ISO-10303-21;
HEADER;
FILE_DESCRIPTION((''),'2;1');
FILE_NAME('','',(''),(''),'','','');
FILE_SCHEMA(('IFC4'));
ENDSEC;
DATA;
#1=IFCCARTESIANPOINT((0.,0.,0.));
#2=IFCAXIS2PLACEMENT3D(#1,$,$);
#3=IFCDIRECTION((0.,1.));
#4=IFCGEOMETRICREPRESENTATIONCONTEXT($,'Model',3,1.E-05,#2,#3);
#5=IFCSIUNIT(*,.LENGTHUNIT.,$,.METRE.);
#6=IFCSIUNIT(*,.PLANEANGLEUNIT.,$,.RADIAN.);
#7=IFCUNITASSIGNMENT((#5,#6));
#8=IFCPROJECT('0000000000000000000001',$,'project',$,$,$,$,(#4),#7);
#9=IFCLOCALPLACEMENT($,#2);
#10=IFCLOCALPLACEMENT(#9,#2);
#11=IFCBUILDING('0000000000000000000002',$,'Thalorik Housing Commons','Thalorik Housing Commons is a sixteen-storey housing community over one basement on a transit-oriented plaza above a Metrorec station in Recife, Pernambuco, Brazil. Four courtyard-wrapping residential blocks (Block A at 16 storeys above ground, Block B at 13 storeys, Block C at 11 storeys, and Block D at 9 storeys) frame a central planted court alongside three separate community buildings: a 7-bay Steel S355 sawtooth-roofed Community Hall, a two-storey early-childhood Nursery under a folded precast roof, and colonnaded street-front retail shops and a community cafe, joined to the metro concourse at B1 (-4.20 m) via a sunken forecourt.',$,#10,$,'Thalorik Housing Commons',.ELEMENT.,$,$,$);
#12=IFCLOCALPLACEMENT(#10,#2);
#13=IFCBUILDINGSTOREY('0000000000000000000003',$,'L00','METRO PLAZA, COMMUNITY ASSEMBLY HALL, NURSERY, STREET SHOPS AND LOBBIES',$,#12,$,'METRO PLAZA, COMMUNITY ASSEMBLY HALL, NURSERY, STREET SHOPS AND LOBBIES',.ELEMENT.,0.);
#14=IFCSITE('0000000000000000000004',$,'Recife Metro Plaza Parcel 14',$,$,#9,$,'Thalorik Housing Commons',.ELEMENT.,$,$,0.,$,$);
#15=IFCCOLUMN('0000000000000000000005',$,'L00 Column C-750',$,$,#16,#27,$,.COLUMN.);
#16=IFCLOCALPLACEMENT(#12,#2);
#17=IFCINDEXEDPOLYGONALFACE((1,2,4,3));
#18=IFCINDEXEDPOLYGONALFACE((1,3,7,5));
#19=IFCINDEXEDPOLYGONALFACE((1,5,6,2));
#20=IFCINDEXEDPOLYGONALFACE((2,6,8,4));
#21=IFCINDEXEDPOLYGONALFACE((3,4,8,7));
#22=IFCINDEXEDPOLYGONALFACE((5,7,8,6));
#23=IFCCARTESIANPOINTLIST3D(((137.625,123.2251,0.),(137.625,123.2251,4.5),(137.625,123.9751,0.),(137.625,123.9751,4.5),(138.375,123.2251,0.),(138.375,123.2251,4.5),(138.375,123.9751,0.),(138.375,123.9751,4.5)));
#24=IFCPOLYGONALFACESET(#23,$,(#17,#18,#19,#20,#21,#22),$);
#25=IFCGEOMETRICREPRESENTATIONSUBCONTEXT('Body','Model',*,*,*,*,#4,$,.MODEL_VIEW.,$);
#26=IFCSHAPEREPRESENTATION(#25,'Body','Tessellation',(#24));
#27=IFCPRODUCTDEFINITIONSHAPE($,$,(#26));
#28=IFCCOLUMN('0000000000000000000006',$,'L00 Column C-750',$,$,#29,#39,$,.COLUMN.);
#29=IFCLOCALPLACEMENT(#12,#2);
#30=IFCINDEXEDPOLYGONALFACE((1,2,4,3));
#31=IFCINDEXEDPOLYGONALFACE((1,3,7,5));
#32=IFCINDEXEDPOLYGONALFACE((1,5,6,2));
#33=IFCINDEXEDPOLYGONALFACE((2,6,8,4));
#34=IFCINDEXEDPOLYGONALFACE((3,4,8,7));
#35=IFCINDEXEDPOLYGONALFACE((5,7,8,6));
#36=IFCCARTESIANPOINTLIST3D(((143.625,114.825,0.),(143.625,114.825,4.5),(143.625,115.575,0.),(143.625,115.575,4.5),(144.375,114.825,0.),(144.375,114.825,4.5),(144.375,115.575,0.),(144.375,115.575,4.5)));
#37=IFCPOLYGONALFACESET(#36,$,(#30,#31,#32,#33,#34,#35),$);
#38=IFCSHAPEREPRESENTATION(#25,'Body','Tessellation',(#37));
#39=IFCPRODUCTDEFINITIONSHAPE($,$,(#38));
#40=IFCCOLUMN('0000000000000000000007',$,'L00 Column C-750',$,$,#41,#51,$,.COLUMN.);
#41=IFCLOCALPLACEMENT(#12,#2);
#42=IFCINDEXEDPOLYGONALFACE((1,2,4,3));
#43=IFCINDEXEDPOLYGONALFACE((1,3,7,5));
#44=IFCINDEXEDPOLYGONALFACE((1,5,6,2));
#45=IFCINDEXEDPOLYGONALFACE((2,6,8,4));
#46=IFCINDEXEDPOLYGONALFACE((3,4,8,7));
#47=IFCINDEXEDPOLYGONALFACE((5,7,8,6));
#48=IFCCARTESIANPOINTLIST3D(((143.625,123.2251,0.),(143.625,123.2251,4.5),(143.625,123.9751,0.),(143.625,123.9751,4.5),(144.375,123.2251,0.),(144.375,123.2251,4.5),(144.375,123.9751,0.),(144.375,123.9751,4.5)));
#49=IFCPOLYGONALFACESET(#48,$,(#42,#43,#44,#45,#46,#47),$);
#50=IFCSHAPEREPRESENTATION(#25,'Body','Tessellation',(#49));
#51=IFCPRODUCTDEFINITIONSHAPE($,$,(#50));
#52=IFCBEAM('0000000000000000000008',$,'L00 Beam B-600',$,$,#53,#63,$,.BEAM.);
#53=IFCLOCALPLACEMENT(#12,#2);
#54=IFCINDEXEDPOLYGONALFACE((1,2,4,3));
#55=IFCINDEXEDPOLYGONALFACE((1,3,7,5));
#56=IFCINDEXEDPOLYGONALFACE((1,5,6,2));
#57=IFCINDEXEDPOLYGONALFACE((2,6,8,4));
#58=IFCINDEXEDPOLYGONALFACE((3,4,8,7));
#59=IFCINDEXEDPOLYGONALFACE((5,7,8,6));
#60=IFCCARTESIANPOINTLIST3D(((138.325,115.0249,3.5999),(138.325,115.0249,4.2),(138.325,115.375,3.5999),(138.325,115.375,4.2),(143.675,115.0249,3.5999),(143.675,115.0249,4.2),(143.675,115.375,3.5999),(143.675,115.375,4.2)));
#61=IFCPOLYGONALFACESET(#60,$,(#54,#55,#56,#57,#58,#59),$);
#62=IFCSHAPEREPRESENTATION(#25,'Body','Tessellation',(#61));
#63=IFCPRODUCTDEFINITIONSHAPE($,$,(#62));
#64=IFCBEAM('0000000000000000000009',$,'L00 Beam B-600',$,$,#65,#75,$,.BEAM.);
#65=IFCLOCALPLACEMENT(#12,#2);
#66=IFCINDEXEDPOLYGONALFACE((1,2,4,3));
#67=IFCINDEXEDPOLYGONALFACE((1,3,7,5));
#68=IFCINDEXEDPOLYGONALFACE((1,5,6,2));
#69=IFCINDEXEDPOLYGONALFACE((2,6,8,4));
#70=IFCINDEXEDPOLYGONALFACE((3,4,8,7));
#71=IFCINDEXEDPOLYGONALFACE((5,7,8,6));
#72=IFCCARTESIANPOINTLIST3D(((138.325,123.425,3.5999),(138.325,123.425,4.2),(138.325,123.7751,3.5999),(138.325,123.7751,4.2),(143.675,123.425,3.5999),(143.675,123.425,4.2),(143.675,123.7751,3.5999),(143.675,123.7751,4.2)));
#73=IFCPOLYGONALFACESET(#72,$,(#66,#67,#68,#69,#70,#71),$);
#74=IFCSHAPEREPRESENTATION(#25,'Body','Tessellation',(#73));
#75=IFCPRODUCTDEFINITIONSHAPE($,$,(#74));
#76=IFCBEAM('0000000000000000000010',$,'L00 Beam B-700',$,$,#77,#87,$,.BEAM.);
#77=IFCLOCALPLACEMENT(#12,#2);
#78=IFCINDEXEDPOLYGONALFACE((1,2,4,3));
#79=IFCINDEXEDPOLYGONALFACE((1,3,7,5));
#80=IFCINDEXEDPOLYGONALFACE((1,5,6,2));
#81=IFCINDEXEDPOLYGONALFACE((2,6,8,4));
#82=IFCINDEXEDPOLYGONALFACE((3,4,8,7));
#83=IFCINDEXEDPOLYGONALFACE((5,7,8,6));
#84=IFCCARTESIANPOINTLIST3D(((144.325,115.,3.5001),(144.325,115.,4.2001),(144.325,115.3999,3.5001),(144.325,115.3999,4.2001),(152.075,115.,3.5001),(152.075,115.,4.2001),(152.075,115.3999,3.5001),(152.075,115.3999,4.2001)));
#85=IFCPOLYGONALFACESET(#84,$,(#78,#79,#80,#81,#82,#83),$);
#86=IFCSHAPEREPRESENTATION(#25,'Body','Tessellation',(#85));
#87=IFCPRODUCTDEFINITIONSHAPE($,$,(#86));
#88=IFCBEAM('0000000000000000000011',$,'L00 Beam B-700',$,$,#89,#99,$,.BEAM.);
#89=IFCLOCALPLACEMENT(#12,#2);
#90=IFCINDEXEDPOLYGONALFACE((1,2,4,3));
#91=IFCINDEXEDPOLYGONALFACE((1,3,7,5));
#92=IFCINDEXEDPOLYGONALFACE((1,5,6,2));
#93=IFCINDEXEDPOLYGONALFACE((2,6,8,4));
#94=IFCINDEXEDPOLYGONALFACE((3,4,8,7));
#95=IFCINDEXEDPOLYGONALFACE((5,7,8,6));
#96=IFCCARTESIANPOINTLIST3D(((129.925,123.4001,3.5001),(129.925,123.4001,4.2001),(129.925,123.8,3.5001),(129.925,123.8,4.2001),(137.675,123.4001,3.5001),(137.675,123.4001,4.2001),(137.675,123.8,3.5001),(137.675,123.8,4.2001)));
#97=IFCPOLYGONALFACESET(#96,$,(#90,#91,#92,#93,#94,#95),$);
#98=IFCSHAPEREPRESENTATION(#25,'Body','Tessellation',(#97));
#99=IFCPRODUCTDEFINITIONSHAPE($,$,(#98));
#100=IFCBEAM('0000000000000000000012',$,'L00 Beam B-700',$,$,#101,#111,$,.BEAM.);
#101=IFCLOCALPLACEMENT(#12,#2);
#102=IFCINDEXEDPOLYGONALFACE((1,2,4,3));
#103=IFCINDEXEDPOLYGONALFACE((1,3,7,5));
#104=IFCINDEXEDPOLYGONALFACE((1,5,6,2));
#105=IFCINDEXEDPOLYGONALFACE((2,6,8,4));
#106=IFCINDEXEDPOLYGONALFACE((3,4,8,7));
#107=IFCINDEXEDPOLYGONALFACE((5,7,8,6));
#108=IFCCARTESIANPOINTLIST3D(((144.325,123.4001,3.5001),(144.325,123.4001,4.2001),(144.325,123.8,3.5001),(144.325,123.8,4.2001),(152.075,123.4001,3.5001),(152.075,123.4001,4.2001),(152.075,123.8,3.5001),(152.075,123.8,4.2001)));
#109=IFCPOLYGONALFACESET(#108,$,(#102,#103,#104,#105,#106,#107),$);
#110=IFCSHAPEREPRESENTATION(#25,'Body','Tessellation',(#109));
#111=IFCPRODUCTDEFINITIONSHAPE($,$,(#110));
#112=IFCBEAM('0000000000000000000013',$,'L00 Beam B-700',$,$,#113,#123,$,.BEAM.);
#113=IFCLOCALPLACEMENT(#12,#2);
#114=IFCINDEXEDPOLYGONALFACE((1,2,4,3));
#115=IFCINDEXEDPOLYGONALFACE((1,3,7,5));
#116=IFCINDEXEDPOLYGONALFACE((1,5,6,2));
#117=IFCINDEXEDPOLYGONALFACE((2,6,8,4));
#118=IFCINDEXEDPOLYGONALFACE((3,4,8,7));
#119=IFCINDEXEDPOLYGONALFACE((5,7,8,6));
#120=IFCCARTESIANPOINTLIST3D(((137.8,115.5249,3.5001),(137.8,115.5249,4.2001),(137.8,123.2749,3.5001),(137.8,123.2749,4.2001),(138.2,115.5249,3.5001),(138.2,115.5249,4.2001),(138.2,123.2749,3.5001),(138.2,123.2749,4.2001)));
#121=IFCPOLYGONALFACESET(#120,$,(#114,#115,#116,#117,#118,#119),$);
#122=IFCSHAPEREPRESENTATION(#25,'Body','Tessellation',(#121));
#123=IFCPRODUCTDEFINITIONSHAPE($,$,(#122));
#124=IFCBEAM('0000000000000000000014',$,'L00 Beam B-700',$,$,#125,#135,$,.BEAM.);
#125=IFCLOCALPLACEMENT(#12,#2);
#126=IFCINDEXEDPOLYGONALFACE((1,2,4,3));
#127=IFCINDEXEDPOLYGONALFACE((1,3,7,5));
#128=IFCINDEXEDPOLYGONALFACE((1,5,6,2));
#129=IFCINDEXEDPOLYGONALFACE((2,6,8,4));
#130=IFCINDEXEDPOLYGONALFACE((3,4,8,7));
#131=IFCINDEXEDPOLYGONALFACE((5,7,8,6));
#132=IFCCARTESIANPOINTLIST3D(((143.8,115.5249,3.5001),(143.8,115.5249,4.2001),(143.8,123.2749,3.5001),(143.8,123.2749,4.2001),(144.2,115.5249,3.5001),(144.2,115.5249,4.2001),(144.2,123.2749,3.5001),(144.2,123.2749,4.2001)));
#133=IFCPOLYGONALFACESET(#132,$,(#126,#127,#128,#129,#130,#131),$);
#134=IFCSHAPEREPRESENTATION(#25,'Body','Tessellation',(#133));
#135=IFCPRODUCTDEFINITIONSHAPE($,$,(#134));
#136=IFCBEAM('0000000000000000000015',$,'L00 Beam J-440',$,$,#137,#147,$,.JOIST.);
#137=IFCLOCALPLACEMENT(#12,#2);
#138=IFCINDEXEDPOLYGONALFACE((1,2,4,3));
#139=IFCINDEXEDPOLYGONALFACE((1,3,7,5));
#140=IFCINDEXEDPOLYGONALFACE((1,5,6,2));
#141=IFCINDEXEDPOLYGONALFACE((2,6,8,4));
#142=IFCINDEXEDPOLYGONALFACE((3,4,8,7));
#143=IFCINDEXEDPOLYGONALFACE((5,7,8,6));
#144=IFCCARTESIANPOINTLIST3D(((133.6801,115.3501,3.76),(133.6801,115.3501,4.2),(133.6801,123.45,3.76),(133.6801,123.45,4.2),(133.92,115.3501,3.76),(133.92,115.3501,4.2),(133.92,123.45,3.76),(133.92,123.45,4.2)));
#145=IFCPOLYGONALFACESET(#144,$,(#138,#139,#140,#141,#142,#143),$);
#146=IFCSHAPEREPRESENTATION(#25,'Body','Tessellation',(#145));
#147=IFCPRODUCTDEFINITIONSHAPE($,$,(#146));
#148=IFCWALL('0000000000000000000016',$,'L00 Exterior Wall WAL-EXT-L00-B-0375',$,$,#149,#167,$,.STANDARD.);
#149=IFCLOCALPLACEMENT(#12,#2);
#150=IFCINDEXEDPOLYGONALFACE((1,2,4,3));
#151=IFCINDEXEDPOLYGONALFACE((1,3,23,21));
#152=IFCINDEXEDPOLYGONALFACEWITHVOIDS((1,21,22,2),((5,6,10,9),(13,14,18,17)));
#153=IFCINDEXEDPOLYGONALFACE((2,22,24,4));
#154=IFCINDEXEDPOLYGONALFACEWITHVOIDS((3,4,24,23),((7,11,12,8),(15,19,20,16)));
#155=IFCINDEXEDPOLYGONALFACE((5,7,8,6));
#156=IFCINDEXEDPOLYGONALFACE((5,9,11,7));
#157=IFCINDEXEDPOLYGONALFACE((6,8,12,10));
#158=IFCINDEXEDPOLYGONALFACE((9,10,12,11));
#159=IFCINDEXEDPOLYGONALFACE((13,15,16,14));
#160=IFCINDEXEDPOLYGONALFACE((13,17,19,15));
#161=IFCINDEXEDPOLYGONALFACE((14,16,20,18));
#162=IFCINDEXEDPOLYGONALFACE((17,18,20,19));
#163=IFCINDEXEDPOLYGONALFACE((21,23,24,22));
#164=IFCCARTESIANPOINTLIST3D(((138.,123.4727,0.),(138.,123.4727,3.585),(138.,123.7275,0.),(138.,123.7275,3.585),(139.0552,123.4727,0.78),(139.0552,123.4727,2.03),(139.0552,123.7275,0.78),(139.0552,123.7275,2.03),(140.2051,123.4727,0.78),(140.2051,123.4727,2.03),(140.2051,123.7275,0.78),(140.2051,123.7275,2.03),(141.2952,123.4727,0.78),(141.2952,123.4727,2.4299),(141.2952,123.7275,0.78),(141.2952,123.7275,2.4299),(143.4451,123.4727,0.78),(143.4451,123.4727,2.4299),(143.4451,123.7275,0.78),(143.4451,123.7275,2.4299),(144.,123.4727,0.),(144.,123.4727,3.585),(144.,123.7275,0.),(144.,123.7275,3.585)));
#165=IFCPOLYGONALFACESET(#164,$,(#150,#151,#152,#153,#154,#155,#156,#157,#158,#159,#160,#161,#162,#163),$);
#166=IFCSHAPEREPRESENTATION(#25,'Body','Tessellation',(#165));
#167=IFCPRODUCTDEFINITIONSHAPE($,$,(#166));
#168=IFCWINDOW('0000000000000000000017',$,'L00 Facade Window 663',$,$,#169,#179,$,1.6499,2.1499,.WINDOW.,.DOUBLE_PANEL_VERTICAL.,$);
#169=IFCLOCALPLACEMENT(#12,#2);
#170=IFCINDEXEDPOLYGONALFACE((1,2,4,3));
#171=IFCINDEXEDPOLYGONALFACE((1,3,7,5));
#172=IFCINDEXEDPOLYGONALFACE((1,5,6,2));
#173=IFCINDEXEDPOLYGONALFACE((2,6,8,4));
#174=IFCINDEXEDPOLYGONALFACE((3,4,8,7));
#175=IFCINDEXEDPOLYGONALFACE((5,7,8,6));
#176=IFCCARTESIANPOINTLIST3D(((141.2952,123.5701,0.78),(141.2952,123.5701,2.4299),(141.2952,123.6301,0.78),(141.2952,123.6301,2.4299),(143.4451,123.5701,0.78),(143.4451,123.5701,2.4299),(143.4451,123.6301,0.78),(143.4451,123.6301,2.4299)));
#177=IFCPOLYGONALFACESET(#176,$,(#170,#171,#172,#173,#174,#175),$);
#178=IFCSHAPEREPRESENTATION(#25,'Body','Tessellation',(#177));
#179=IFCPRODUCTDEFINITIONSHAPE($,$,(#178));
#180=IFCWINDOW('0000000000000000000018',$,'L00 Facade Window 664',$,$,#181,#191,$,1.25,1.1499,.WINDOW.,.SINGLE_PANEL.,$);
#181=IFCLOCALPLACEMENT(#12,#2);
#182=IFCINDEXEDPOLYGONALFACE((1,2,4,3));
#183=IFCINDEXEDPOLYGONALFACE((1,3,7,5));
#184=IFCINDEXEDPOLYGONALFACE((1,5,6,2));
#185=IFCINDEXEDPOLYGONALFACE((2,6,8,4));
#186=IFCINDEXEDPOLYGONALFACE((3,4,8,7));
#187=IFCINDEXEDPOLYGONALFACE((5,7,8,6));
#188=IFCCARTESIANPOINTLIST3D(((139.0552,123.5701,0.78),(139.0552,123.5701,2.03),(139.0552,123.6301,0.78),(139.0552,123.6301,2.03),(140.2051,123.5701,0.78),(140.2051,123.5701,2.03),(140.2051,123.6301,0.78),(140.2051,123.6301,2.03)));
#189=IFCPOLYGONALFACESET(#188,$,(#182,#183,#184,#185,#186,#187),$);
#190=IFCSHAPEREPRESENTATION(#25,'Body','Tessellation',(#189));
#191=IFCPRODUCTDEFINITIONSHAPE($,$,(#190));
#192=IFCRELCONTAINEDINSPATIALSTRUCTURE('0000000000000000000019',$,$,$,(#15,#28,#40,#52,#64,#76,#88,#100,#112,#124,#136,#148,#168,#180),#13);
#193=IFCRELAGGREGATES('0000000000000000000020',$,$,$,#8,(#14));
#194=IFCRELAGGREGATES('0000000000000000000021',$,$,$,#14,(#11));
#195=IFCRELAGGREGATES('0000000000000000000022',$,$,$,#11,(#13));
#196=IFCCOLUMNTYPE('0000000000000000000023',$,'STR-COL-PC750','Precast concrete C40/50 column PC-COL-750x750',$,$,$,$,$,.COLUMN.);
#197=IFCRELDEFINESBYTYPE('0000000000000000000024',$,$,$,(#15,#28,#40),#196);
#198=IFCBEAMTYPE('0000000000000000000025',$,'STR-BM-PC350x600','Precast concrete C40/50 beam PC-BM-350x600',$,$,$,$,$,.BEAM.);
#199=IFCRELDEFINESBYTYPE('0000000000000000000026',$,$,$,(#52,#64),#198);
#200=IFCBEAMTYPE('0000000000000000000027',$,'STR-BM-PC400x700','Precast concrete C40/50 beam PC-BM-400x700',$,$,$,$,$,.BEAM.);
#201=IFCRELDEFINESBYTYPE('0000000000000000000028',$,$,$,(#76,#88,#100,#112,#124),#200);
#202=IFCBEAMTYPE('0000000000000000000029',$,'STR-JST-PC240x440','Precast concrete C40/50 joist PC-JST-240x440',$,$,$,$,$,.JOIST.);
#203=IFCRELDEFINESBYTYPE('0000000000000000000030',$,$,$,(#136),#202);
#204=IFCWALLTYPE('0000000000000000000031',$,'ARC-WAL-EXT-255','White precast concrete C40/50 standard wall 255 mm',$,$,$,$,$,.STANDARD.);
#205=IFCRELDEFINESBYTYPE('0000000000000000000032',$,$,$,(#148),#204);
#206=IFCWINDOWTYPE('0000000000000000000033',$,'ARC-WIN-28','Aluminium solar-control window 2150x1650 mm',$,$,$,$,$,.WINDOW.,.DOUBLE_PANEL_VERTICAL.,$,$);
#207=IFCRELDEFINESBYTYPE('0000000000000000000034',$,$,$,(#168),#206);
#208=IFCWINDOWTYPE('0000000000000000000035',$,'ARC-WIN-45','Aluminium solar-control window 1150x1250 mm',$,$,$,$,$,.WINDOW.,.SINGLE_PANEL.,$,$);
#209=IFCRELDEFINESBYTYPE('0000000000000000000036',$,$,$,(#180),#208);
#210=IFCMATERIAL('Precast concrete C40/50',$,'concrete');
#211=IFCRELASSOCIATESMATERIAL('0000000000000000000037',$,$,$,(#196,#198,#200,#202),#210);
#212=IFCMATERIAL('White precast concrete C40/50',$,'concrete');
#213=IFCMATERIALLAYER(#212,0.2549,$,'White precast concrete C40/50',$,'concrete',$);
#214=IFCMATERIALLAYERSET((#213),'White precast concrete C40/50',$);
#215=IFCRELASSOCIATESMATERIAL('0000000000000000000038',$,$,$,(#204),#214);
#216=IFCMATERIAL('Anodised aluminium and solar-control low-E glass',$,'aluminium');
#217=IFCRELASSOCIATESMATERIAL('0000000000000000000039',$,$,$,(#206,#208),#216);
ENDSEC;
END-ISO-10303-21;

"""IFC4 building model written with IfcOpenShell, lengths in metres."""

from ifc_helpers import new_model, si_unit, direction, frame, frame_2d, origin, origin_2d, place, context, subcontext, project, spatial, rectangle, extrude, material, layer, layer_set, material_profile, profile_set, type_object, element, fill, save


model = new_model("IFC4")

# Units and contexts
model_context = context("Model", 3, precision=1e-05, world=origin(), true_north=direction((0.0, 1.0)))
body_context = subcontext(model_context, "Body", "Model", "MODEL_VIEW")
ifc_project = project(units=[si_unit("LENGTHUNIT", "METRE"), si_unit("PLANEANGLEUNIT", "RADIAN")], contexts=[model_context])

# Site, building, storey
site_placement = place(None, origin())
site = spatial("IfcSite", under=ifc_project, at=site_placement, Name="Recife Metro Plaza Parcel 14", LongName="Thalorik Housing Commons", CompositionType="ELEMENT", RefElevation=0.0)
building_placement = place(site_placement, origin())
building = spatial("IfcBuilding", under=site, at=building_placement, Name="Thalorik Housing Commons", Description="Thalorik Housing Commons is a sixteen-storey housing community over one basement on a transit-oriented plaza above a Metrorec station in Recife, Pernambuco, Brazil. Four courtyard-wrapping residential blocks (Block A at 16 storeys above ground, Block B at 13 storeys, Block C at 11 storeys, and Block D at 9 storeys) frame a central planted court alongside three separate community buildings: a 7-bay Steel S355 sawtooth-roofed Community Hall, a two-storey early-childhood Nursery under a folded precast roof, and colonnaded street-front retail shops and a community cafe, joined to the metro concourse at B1 (-4.20 m) via a sunken forecourt.", LongName="Thalorik Housing Commons", CompositionType="ELEMENT")
storey_placement = place(building_placement, origin())
storey = spatial("IfcBuildingStorey", under=building, at=storey_placement, Name="L00", Description="METRO PLAZA, COMMUNITY ASSEMBLY HALL, NURSERY, STREET SHOPS AND LOBBIES", LongName="METRO PLAZA, COMMUNITY ASSEMBLY HALL, NURSERY, STREET SHOPS AND LOBBIES", CompositionType="ELEMENT", Elevation=0.0)

# Columns
ifc_material_1 = material(Name="Precast concrete C40/50", Category="concrete")
ifc_material_profile_1 = material_profile(ifc_material_1, rectangle(XDim=0.75, YDim=0.75, at=origin_2d()), Name="PC 750x750", Category="concrete")
ifc_profile_set_1 = profile_set([ifc_material_profile_1], Name="Precast concrete C40/50")
column_type = type_object("IfcColumnType", Name="STR-COL-PC750", Description="Precast concrete C40/50 column PC-COL-750x750", PredefinedType="COLUMN", material=ifc_profile_set_1)
for number, where, z_axis, x_axis, name in (
    (1, (138.0, 123.6001, 0.0), (0.0, 0.0, 1.0), (1.0, 0.0, 0.0), "L00 Column C-750"),
    (2, (144.0, 115.2, 0.0), (0.0, 0.0, 1.0), (1.0, 0.0, 0.0), "L00 Column C-750"),
    (3, (144.0, 123.6001, 0.0), (0.0, 0.0, 1.0), (1.0, 0.0, 0.0), "L00 Column C-750"),
):
    element("IfcColumn", number, at=place(storey_placement, frame(where, z_axis=z_axis, x_axis=x_axis)), inside=storey, type_object=column_type, Name=name, PredefinedType="COLUMN", context=body_context, shape_type="SweptSolid", body=[
        extrude(rectangle(XDim=0.75, YDim=0.75, at=origin_2d()), origin(), (0.0, 0.0, 1.0), 4.5),
    ])

# Beams
ifc_material_profile_2 = material_profile(ifc_material_1, rectangle(XDim=0.3501, YDim=0.6001, at=origin_2d()), Name="PC 350x600", Category="concrete")
ifc_profile_set_2 = profile_set([ifc_material_profile_2], Name="Precast concrete C40/50")
beam_type_1 = type_object("IfcBeamType", Name="STR-BM-PC350x600", Description="Precast concrete C40/50 beam PC-BM-350x600", PredefinedType="BEAM", material=ifc_profile_set_2)
for number, where, z_axis, x_axis, name in (
    (4, (138.325, 115.2, 3.8999), (1.0, 0.0, 0.0), (0.0, 1.0, 0.0), "L00 Beam B-600"),
    (5, (138.325, 123.6001, 3.8999), (1.0, 0.0, 0.0), (0.0, 1.0, 0.0), "L00 Beam B-600"),
):
    element("IfcBeam", number, at=place(storey_placement, frame(where, z_axis=z_axis, x_axis=x_axis)), inside=storey, type_object=beam_type_1, Name=name, PredefinedType="BEAM", context=body_context, shape_type="SweptSolid", body=[
        extrude(rectangle(XDim=0.3501, YDim=0.6001, at=origin_2d()), origin(), (0.0, 0.0, 1.0), 5.3501),
    ])
ifc_material_profile_3 = material_profile(ifc_material_1, rectangle(XDim=0.3999, YDim=0.7, at=origin_2d()), Name="PC 400x700", Category="concrete")
ifc_profile_set_3 = profile_set([ifc_material_profile_3], Name="Precast concrete C40/50")
beam_type_2 = type_object("IfcBeamType", Name="STR-BM-PC400x700", Description="Precast concrete C40/50 beam PC-BM-400x700", PredefinedType="BEAM", material=ifc_profile_set_3)
for number, where, z_axis, x_axis, name in (
    (6, (144.325, 115.2, 3.8501), (1.0, 0.0, 0.0), (0.0, 1.0, 0.0), "L00 Beam B-700"),
    (7, (129.925, 123.6001, 3.8501), (1.0, 0.0, 0.0), (0.0, 1.0, 0.0), "L00 Beam B-700"),
    (8, (144.325, 123.6001, 3.8501), (1.0, 0.0, 0.0), (0.0, 1.0, 0.0), "L00 Beam B-700"),
    (9, (138.0, 115.5249, 3.8501), (0.0, 1.0, 0.0), (-1.0, 0.0, 0.0), "L00 Beam B-700"),
    (10, (144.0, 115.5249, 3.8501), (0.0, 1.0, 0.0), (-1.0, 0.0, 0.0), "L00 Beam B-700"),
):
    element("IfcBeam", number, at=place(storey_placement, frame(where, z_axis=z_axis, x_axis=x_axis)), inside=storey, type_object=beam_type_2, Name=name, PredefinedType="BEAM", context=body_context, shape_type="SweptSolid", body=[
        extrude(rectangle(XDim=0.3999, YDim=0.7, at=origin_2d()), origin(), (0.0, 0.0, 1.0), 7.75),
    ])
ifc_material_profile_4 = material_profile(ifc_material_1, rectangle(XDim=0.24, YDim=0.4399, at=origin_2d()), Name="PC JST 240x440", Category="concrete")
ifc_profile_set_4 = profile_set([ifc_material_profile_4], Name="Precast concrete C40/50")
beam_type_3 = type_object("IfcBeamType", Name="STR-JST-PC240x440", Description="Precast concrete C40/50 joist PC-JST-240x440", PredefinedType="JOIST", material=ifc_profile_set_4)
beam_placement = place(storey_placement, frame((133.8, 115.3501, 3.98), z_axis=(0.0, 1.0, 0.0), x_axis=(-1.0, 0.0, 0.0)))
element("IfcBeam", 11, at=beam_placement, inside=storey, type_object=beam_type_3, Name="L00 Beam J-440", PredefinedType="JOIST", context=body_context, shape_type="SweptSolid", body=[
    extrude(rectangle(XDim=0.24, YDim=0.4399, at=origin_2d()), origin(), (0.0, 0.0, 1.0), 8.0999),
])

# Wall, openings, windows
ifc_material_2 = material(Name="White precast concrete C40/50", Category="concrete")
ifc_layer_1 = layer(ifc_material_2, 0.2549, Name="White precast concrete C40/50", Category="concrete")
ifc_layer_set_1 = layer_set([ifc_layer_1], Name="White precast concrete C40/50")
wall_type = type_object("IfcWallType", Name="ARC-WAL-EXT-255", Description="White precast concrete C40/50 standard wall 255 mm", PredefinedType="STANDARD", material=ifc_layer_set_1)
wall_1_placement = place(storey_placement, frame((144.0, 123.6001, 0.0), z_axis=(0.0, 0.0, 1.0), x_axis=(-1.0, 0.0, 0.0)))
wall_1 = element("IfcWall", 12, at=wall_1_placement, inside=storey, type_object=wall_type, Name="L00 Exterior Wall WAL-EXT-L00-B-0375", PredefinedType="STANDARD", context=body_context, shape_type="SweptSolid", body=[
    extrude(rectangle(XDim=6.0, YDim=0.2549, at=frame_2d((3.0, 0.0))), origin(), (0.0, 0.0, 1.0), 3.585),
])
opening_1_placement = place(wall_1_placement, frame((0.5549, 0.0, 0.78)))
opening_1 = element("IfcOpeningElement", 13, at=opening_1_placement, cuts=wall_1, PredefinedType="OPENING", context=body_context, shape_type="SweptSolid", body=[
    extrude(rectangle(XDim=2.1499, YDim=1.6499, at=frame_2d((1.075, 0.825))), frame((0.0, 0.1375, 0.0), z_axis=(0.0, -1.0, 0.0), x_axis=(1.0, 0.0, 0.0)), (0.0, 0.0, 1.0), 0.2749),
])
opening_2_placement = place(wall_1_placement, frame((3.7949, 0.0, 0.78)))
opening_2 = element("IfcOpeningElement", 14, at=opening_2_placement, cuts=wall_1, PredefinedType="OPENING", context=body_context, shape_type="SweptSolid", body=[
    extrude(rectangle(XDim=1.1499, YDim=1.25, at=frame_2d((0.575, 0.625))), frame((0.0, 0.1375, 0.0), z_axis=(0.0, -1.0, 0.0), x_axis=(1.0, 0.0, 0.0)), (0.0, 0.0, 1.0), 0.2749),
])
ifc_material_3 = material(Name="Anodised aluminium and solar-control low-E glass", Category="aluminium")
window_type_1 = type_object("IfcWindowType", Name="ARC-WIN-28", Description="Aluminium solar-control window 2150x1650 mm", PartitioningType="DOUBLE_PANEL_VERTICAL", PredefinedType="WINDOW", material=ifc_material_3)
window_1_placement = place(opening_1_placement, origin())
window_1 = element("IfcWindow", 15, at=window_1_placement, inside=storey, type_object=window_type_1, Name="L00 Facade Window 663", OverallHeight=1.6499, OverallWidth=2.1499, PartitioningType="DOUBLE_PANEL_VERTICAL", PredefinedType="WINDOW", context=body_context, shape_type="SweptSolid", body=[
    extrude(rectangle(XDim=2.1499, YDim=1.6499, at=frame_2d((1.075, 0.825))), frame((0.0, 0.03, 0.0), z_axis=(0.0, -1.0, 0.0), x_axis=(1.0, 0.0, 0.0)), (0.0, 0.0, 1.0), 0.0601),
])
fill(opening_1, window_1)
window_type_2 = type_object("IfcWindowType", Name="ARC-WIN-45", Description="Aluminium solar-control window 1150x1250 mm", PartitioningType="SINGLE_PANEL", PredefinedType="WINDOW", material=ifc_material_3)
window_2_placement = place(opening_2_placement, origin())
window_2 = element("IfcWindow", 16, at=window_2_placement, inside=storey, type_object=window_type_2, Name="L00 Facade Window 664", OverallHeight=1.25, OverallWidth=1.1499, PartitioningType="SINGLE_PANEL", PredefinedType="WINDOW", context=body_context, shape_type="SweptSolid", body=[
    extrude(rectangle(XDim=1.1499, YDim=1.25, at=frame_2d((0.575, 0.625))), frame((0.0, 0.03, 0.0), z_axis=(0.0, -1.0, 0.0), x_axis=(1.0, 0.0, 0.0)), (0.0, 0.0, 1.0), 0.0601),
])
fill(opening_2, window_2)

save(model, "model.ifc")
